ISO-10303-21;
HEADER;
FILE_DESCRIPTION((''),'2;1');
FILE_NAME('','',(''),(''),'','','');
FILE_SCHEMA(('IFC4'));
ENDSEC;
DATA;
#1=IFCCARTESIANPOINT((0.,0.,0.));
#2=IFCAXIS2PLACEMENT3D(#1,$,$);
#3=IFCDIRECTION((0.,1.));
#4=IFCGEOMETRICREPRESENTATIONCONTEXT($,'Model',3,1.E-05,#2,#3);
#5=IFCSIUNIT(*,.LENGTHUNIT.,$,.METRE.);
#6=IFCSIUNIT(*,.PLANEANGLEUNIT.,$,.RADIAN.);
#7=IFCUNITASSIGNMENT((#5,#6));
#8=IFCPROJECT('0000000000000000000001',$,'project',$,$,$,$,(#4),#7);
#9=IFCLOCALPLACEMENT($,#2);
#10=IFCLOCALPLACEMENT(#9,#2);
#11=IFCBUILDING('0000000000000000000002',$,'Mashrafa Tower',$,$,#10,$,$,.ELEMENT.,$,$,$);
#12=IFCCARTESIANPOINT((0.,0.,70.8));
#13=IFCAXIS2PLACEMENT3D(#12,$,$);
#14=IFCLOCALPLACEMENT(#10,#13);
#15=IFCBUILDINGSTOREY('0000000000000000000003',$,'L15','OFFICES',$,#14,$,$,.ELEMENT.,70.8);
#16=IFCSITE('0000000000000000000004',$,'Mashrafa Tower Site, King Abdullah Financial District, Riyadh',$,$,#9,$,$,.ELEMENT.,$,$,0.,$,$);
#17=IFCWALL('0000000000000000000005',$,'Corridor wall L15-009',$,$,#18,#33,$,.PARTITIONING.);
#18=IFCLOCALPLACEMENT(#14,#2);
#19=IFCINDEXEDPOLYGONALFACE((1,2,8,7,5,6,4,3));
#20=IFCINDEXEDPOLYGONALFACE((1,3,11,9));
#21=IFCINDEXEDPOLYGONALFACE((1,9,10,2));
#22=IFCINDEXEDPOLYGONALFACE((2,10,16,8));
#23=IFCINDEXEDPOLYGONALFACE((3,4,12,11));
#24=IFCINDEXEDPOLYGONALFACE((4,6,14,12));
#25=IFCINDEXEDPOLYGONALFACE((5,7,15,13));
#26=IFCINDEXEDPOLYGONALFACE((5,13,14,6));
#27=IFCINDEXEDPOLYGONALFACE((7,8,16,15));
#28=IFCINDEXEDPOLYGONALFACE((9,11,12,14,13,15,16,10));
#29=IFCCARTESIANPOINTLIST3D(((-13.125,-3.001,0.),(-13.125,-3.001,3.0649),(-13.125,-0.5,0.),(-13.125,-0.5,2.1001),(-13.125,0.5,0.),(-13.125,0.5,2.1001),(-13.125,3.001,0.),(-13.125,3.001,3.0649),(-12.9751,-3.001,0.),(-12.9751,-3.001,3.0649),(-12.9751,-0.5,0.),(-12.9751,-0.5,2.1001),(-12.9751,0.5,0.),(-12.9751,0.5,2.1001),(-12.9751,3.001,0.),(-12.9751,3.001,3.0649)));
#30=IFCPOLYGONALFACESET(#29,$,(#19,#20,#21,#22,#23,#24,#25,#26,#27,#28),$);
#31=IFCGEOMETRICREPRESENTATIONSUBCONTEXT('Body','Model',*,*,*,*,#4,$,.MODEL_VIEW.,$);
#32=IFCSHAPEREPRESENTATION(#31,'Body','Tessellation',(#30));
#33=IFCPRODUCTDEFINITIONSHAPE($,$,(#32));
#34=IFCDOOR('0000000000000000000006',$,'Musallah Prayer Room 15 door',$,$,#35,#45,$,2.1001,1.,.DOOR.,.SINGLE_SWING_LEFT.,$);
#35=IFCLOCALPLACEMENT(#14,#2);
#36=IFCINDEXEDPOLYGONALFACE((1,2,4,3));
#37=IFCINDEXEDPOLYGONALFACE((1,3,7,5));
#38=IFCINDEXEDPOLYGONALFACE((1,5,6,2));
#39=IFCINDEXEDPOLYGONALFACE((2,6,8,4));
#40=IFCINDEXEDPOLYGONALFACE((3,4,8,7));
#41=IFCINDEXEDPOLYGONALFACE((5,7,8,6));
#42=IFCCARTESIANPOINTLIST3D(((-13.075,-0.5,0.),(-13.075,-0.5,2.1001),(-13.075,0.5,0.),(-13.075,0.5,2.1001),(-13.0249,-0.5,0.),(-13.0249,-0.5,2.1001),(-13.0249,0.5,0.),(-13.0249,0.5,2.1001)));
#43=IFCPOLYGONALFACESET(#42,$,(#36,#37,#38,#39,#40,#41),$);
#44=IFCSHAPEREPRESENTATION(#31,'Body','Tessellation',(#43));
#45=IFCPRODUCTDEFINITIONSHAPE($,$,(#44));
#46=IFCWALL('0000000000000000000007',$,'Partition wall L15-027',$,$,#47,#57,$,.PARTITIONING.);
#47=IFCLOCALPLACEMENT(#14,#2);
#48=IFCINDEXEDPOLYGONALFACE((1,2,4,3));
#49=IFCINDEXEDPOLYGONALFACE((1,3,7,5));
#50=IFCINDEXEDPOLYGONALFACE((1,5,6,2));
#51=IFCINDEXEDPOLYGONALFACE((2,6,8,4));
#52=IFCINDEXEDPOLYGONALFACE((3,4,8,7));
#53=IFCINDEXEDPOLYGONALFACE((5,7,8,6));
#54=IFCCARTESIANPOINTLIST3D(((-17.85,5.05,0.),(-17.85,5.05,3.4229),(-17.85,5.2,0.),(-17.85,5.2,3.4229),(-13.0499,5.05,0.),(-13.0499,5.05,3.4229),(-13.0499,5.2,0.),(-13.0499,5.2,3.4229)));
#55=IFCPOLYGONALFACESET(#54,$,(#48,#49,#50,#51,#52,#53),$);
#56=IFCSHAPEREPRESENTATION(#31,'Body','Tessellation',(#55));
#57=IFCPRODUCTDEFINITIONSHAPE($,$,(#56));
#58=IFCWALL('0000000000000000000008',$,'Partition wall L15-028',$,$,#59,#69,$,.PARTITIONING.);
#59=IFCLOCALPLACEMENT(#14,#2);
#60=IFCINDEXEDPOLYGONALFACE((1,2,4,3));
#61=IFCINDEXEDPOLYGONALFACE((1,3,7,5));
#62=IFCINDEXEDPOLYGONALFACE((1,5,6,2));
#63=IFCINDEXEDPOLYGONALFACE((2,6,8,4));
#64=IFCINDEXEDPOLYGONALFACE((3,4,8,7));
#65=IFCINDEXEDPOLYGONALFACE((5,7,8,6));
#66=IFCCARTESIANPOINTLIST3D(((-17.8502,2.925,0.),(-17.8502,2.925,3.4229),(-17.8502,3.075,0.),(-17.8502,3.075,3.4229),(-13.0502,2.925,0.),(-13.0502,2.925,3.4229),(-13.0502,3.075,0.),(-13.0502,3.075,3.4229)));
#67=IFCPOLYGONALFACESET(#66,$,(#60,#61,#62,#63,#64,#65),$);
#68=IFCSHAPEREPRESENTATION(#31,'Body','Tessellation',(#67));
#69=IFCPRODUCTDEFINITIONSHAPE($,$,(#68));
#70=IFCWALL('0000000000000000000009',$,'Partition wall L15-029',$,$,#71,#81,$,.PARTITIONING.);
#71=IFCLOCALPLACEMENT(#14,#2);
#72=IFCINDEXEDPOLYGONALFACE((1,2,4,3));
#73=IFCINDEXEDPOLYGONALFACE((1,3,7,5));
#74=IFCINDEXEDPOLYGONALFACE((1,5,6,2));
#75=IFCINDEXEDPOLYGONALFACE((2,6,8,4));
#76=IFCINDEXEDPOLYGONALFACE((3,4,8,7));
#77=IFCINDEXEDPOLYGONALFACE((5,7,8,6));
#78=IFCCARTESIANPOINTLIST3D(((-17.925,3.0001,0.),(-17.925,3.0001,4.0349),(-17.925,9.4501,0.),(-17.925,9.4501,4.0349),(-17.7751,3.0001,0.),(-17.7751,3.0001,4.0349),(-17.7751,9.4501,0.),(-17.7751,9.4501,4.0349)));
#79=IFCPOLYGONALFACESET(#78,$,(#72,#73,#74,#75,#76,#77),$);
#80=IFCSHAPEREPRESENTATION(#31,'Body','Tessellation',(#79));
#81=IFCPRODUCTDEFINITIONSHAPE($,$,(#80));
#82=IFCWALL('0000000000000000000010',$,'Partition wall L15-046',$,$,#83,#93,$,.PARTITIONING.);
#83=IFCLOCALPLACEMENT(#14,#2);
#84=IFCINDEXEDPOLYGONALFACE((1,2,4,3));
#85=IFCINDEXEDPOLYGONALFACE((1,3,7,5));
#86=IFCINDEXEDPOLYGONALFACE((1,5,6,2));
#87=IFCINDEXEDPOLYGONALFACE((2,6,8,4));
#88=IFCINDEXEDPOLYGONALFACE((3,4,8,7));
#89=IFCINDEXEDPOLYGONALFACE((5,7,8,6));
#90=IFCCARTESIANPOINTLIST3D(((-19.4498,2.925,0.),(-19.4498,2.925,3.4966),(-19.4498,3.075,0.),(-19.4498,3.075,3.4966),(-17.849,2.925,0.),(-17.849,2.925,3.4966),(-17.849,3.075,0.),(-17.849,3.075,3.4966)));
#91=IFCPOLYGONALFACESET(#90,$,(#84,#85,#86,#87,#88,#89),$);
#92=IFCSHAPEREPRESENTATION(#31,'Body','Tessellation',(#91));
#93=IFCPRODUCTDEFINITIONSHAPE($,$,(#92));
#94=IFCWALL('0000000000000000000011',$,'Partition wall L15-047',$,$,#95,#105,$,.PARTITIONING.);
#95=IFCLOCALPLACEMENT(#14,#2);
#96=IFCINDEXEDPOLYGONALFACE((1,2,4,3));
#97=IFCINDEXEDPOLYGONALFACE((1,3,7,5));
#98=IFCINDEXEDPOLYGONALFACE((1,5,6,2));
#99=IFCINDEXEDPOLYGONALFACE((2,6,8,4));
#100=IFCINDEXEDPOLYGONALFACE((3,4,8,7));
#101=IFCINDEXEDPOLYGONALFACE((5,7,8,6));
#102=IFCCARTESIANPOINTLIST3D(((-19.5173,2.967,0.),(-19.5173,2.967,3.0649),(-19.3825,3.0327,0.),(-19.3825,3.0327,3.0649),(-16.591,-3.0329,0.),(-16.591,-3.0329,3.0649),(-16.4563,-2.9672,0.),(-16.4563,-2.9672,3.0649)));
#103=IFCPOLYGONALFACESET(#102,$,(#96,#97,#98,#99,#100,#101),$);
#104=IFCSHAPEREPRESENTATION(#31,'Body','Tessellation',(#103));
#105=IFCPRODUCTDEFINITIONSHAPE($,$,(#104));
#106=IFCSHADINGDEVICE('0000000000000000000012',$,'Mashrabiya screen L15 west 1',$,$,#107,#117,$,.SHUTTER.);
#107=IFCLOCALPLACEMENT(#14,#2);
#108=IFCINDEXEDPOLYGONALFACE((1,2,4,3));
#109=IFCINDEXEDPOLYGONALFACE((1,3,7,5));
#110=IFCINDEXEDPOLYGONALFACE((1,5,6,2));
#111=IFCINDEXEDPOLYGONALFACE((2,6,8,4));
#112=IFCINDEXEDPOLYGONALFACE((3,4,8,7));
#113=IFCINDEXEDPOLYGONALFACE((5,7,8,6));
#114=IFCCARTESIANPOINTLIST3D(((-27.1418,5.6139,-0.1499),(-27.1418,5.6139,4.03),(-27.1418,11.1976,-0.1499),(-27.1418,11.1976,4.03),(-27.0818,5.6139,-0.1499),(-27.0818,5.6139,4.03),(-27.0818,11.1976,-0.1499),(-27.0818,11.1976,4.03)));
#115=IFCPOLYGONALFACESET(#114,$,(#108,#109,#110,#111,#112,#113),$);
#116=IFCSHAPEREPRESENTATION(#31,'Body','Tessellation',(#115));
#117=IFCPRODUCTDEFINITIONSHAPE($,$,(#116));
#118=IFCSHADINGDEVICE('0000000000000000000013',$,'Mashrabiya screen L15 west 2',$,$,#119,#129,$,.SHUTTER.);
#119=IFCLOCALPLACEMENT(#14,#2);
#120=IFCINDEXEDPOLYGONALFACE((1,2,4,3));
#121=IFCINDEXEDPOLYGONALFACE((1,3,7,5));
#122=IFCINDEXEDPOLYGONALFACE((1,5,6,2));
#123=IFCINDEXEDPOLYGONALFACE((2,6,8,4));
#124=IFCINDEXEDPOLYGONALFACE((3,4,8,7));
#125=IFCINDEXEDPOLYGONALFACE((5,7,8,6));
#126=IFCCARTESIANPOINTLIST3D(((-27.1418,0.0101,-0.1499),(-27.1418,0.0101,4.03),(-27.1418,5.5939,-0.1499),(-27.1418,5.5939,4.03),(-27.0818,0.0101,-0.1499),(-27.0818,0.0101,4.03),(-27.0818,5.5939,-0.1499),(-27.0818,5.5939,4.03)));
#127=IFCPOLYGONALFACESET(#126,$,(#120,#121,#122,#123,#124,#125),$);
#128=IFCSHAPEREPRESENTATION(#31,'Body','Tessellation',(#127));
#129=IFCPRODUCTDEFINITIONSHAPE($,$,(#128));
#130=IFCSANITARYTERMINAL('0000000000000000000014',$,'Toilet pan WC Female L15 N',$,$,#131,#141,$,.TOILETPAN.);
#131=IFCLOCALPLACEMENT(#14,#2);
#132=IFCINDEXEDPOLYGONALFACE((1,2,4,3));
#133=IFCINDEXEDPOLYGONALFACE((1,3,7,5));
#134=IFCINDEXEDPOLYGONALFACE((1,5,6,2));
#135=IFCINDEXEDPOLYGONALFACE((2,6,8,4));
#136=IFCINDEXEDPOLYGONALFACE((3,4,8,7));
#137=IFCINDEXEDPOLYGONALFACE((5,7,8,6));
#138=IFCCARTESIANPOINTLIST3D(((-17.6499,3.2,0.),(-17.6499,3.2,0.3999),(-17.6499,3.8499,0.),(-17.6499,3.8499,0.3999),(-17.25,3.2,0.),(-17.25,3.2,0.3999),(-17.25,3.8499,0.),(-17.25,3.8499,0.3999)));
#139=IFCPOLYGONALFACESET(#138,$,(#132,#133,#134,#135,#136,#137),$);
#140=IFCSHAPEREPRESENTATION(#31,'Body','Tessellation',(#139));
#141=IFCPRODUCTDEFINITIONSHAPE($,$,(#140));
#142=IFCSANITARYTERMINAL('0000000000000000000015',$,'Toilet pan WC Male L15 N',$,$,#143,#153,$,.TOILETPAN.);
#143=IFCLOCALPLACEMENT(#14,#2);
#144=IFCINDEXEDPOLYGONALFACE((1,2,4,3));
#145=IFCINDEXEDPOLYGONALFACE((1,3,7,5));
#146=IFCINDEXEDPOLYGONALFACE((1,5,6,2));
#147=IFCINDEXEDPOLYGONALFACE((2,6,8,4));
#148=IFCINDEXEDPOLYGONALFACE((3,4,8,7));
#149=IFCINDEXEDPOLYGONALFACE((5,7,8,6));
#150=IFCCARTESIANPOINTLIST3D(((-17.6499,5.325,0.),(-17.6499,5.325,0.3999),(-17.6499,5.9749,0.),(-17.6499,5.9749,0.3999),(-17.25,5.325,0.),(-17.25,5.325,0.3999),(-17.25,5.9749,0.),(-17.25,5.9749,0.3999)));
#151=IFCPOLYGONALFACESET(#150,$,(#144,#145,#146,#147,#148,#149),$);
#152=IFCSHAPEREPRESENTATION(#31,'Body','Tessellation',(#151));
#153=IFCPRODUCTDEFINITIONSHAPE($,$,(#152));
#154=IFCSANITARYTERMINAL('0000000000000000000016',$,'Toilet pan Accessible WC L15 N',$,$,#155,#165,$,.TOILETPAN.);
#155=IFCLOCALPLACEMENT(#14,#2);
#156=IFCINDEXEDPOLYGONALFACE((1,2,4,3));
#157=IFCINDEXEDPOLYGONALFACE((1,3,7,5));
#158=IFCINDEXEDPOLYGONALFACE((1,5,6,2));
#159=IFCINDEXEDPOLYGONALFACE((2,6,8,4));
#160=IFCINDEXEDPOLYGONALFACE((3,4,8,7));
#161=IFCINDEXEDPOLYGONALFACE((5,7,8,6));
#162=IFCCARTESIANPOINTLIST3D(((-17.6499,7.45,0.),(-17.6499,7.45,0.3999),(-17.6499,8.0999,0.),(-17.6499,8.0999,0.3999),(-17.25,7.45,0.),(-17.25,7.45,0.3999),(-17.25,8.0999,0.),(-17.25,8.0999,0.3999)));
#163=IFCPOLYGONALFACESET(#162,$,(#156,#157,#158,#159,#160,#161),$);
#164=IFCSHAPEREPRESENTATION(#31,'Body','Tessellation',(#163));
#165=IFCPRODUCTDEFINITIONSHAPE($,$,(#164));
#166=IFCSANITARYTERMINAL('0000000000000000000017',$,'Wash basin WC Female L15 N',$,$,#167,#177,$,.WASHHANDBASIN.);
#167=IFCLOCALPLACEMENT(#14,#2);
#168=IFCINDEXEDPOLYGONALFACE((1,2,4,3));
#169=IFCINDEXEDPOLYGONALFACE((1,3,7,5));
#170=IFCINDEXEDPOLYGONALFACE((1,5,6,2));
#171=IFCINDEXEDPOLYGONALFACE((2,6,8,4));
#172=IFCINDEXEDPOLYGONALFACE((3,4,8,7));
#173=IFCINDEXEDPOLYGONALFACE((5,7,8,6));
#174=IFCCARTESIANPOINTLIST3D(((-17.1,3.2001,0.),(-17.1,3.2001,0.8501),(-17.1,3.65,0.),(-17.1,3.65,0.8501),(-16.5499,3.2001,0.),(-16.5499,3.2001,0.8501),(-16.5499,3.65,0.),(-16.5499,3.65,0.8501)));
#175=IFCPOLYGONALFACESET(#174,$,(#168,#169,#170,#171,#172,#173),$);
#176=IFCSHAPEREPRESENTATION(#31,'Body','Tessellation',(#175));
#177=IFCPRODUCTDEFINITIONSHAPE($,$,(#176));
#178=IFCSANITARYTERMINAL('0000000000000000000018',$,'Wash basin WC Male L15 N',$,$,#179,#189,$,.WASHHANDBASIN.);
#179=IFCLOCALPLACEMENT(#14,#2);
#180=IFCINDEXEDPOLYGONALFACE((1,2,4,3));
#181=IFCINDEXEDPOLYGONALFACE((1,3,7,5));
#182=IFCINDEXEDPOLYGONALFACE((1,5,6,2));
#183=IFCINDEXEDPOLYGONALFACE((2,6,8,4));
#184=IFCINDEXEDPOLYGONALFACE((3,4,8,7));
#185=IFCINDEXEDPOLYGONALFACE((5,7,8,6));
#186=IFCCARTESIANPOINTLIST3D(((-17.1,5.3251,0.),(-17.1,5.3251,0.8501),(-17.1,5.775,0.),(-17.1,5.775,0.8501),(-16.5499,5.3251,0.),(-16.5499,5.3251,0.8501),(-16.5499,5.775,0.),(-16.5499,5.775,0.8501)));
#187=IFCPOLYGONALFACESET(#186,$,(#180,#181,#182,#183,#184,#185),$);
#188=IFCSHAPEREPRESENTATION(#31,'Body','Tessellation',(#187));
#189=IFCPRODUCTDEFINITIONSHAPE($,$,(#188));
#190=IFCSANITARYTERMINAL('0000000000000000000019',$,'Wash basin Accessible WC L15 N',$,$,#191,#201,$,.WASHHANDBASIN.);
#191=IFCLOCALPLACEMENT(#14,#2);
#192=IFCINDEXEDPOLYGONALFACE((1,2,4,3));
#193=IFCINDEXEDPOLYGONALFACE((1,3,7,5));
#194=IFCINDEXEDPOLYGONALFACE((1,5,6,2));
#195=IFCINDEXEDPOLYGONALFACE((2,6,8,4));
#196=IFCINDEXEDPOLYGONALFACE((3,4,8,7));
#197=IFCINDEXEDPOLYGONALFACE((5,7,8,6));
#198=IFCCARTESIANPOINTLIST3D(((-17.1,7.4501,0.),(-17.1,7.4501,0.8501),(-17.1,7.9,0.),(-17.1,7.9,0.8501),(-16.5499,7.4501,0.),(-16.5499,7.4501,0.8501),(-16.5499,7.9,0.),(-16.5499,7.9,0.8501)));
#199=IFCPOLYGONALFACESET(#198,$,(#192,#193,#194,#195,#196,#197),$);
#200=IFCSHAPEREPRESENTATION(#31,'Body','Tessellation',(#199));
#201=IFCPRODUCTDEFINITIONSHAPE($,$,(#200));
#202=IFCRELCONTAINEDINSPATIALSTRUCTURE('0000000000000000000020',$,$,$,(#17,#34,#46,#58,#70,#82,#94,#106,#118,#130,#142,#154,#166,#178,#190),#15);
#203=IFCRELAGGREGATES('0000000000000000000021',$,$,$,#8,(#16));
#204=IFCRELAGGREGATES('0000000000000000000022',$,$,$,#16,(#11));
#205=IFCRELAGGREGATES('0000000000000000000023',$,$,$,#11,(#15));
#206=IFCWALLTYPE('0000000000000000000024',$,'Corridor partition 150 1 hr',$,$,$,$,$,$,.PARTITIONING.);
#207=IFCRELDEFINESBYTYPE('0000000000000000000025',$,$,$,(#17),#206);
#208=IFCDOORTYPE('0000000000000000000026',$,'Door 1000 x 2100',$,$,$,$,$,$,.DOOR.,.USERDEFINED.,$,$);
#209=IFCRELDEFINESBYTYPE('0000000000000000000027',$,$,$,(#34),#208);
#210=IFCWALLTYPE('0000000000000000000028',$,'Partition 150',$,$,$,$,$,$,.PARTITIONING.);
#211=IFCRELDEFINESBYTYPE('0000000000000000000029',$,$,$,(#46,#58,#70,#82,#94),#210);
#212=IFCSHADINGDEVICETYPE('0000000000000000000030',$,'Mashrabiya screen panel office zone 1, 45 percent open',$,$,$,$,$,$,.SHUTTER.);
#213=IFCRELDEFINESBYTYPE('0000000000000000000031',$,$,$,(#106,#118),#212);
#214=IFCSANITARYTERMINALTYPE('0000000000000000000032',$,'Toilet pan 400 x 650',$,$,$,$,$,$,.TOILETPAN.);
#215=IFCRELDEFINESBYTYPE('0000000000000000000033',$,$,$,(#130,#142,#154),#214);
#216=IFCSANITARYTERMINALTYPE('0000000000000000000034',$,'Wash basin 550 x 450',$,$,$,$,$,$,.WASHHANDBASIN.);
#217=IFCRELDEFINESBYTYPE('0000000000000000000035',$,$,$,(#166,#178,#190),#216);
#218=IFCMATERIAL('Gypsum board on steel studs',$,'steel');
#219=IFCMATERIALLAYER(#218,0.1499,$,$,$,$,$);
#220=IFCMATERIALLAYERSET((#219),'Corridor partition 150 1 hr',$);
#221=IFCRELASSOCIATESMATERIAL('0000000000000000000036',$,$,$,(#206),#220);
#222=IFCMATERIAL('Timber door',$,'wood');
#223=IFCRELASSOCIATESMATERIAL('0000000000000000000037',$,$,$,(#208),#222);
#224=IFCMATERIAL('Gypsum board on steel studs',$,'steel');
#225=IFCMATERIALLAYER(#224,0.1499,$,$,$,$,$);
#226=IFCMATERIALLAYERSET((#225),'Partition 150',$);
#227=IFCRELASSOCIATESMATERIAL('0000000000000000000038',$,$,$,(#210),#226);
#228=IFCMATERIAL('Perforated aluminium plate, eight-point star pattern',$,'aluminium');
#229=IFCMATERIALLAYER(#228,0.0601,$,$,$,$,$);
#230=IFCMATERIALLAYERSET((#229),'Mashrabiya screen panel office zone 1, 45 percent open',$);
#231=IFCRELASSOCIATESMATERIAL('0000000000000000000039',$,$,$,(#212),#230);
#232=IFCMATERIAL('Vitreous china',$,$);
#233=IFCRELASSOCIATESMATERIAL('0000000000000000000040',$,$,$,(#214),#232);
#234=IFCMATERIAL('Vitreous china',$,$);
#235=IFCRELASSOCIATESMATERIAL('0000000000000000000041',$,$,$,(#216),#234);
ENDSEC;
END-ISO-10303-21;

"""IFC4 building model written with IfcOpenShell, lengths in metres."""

from ifc_helpers import new_model, si_unit, direction, frame, frame_2d, origin, origin_2d, place, context, subcontext, project, spatial, rectangle, extrude, source, transform, mapped, material, layer, layer_set, type_object, type_shapes, element, fill, save


model = new_model("IFC4")

# Units and contexts
model_context = context("Model", 3, precision=1e-05, world=origin(), true_north=direction((0.0, 1.0)))
body_context = subcontext(model_context, "Body", "Model", "MODEL_VIEW")
ifc_project = project(units=[si_unit("LENGTHUNIT", "METRE"), si_unit("PLANEANGLEUNIT", "RADIAN")], contexts=[model_context])

# Site, building, storey
site_placement = place(None, origin())
site = spatial("IfcSite", under=ifc_project, at=site_placement, Name="Mashrafa Tower Site, King Abdullah Financial District, Riyadh", CompositionType="ELEMENT", RefElevation=0.0)
building_placement = place(site_placement, origin())
building = spatial("IfcBuilding", under=site, at=building_placement, Name="Mashrafa Tower", CompositionType="ELEMENT")
storey_placement = place(building_placement, frame((0.0, 0.0, 70.8)))
storey = spatial("IfcBuildingStorey", under=building, at=storey_placement, Name="L15", Description="OFFICES", CompositionType="ELEMENT", Elevation=70.8)

# Wall, opening, door
ifc_material_1 = material(Name="Gypsum board on steel studs", Category="steel")
ifc_layer_1 = layer(ifc_material_1, 0.1499)
ifc_layer_set_1 = layer_set([ifc_layer_1], Name="Corridor partition 150 1 hr")
wall_type_1 = type_object("IfcWallType", Name="Corridor partition 150 1 hr", PredefinedType="PARTITIONING", material=ifc_layer_set_1)
wall_1_placement = place(storey_placement, frame((-13.05, 3.001, 0.0), z_axis=(0.0, 0.0, 1.0), x_axis=(0.0, -1.0, 0.0)))
wall_1 = element("IfcWall", 1, at=wall_1_placement, inside=storey, type_object=wall_type_1, Name="Corridor wall L15-009", PredefinedType="PARTITIONING", context=body_context, shape_type="SweptSolid", body=[
    extrude(rectangle(XDim=6.002, YDim=0.1499, at=frame_2d((3.001, 0.0))), origin(), (0.0, 0.0, 1.0), 3.0649),
])
opening_1_placement = place(wall_1_placement, frame((2.501, 0.0, 0.0)))
opening_1 = element("IfcOpeningElement", 2, at=opening_1_placement, cuts=wall_1, PredefinedType="OPENING", context=body_context, shape_type="SweptSolid", body=[
    extrude(rectangle(XDim=1.0, YDim=2.1001, at=frame_2d((0.5, 1.05))), frame((0.0, 0.085, 0.0), z_axis=(0.0, -1.0, 0.0), x_axis=(1.0, 0.0, 0.0)), (0.0, 0.0, 1.0), 0.1699),
])
ifc_material_2 = material(Name="Timber door", Category="wood")
door_type_1 = type_object("IfcDoorType", Name="Door 1000 x 2100", OperationType="USERDEFINED", PredefinedType="DOOR", material=ifc_material_2)
door_1_placement = place(opening_1_placement, frame((1.0, 0.0, 0.0), z_axis=(0.0, 0.0, 1.0), x_axis=(-1.0, 0.0, 0.0)))
door_1 = element("IfcDoor", 3, at=door_1_placement, inside=storey, type_object=door_type_1, Name="Musallah Prayer Room 15 door", OperationType="SINGLE_SWING_LEFT", OverallHeight=2.1001, OverallWidth=1.0, PredefinedType="DOOR", context=body_context, shape_type="SweptSolid", body=[
    extrude(rectangle(XDim=1.0, YDim=2.1001, at=frame_2d((0.5, 1.05))), frame((0.0, 0.0249, 0.0), z_axis=(0.0, -1.0, 0.0), x_axis=(1.0, 0.0, 0.0)), (0.0, 0.0, 1.0), 0.05),
])
fill(opening_1, door_1)

# Walls
ifc_material_3 = material(Name="Gypsum board on steel studs", Category="steel")
ifc_layer_2 = layer(ifc_material_3, 0.1499)
ifc_layer_set_2 = layer_set([ifc_layer_2], Name="Partition 150")
wall_type_2 = type_object("IfcWallType", Name="Partition 150", PredefinedType="PARTITIONING", material=ifc_layer_set_2)
for number, where, z_axis, x_axis, name in (
    (4, (-13.05, 5.125, 0.0), (0.0, 0.0, 1.0), (-1.0, 0.0, 0.0), "Partition wall L15-027"),
    (5, (-17.8501, 3.0, 0.0), (0.0, 0.0, 1.0), (1.0, 0.0, 0.0), "Partition wall L15-028"),
):
    element("IfcWall", number, at=place(storey_placement, frame(where, z_axis=z_axis, x_axis=x_axis)), inside=storey, type_object=wall_type_2, Name=name, PredefinedType="PARTITIONING", context=body_context, shape_type="SweptSolid", body=[
        extrude(rectangle(XDim=4.8, YDim=0.1499, at=frame_2d((2.3999, 0.0))), origin(), (0.0, 0.0, 1.0), 3.4229),
    ])
wall_2_placement = place(storey_placement, frame((-17.8501, 3.0, 0.0), z_axis=(0.0, 0.0, 1.0), x_axis=(0.0, 1.0, 0.0)))
element("IfcWall", 6, at=wall_2_placement, inside=storey, type_object=wall_type_2, Name="Partition wall L15-029", PredefinedType="PARTITIONING", context=body_context, shape_type="SweptSolid", body=[
    extrude(rectangle(XDim=6.45, YDim=0.1499, at=frame_2d((3.2251, 0.0))), origin(), (0.0, 0.0, 1.0), 4.0349),
])
wall_3_placement = place(storey_placement, frame((-17.8491, 3.0, 0.0), z_axis=(0.0, 0.0, 1.0), x_axis=(-1.0, 0.0, 0.0)))
element("IfcWall", 7, at=wall_3_placement, inside=storey, type_object=wall_type_2, Name="Partition wall L15-046", PredefinedType="PARTITIONING", context=body_context, shape_type="SweptSolid", body=[
    extrude(rectangle(XDim=1.6008, YDim=0.1499, at=frame_2d((0.8003, 0.0))), origin(), (0.0, 0.0, 1.0), 3.4966),
])
wall_4_placement = place(storey_placement, frame((-19.45, 3.0, 0.0), z_axis=(0.0, 0.0, 1.0), x_axis=(0.438356, -0.898801, 0.0)))
element("IfcWall", 8, at=wall_4_placement, inside=storey, type_object=wall_type_2, Name="Partition wall L15-047", PredefinedType="PARTITIONING", context=body_context, shape_type="SweptSolid", body=[
    extrude(rectangle(XDim=6.6755, YDim=0.1499, at=frame_2d((3.3379, 0.0))), origin(), (0.0, 0.0, 1.0), 3.0649),
])

# Shading devices
ifc_material_4 = material(Name="Perforated aluminium plate, eight-point star pattern", Category="aluminium")
ifc_layer_3 = layer(ifc_material_4, 0.0601)
ifc_layer_set_3 = layer_set([ifc_layer_3], Name="Mashrabiya screen panel office zone 1, 45 percent open")
shading_device_type = type_object("IfcShadingDeviceType", Name="Mashrabiya screen panel office zone 1, 45 percent open", PredefinedType="SHUTTER", material=ifc_layer_set_3)
shared_shape_1 = source(origin(), body_context, "Body", "SweptSolid", [
    extrude(rectangle(XDim=5.5837, YDim=0.0601, at=origin_2d()), origin(), (0.0, 0.0, 1.0), 4.1799),
])
type_shapes(shading_device_type, [shared_shape_1])
for number, where, z_axis, x_axis, name in (
    (9, (-27.1118, 8.4058, -0.1499), (0.0, 0.0, 1.0), (0.0, -1.0, 0.0), "Mashrabiya screen L15 west 1"),
    (10, (-27.1118, 2.802, -0.1499), (0.0, 0.0, 1.0), (0.0, -1.0, 0.0), "Mashrabiya screen L15 west 2"),
):
    element("IfcShadingDevice", number, at=place(storey_placement, frame(where, z_axis=z_axis, x_axis=x_axis)), inside=storey, type_object=shading_device_type, Name=name, PredefinedType="SHUTTER", context=body_context, shape_type="MappedRepresentation", body=[
        mapped(shared_shape_1, transform((0.0, 0.0, 0.0))),
    ])

# Sanitary terminals
ifc_material_5 = material(Name="Vitreous china")
sanitary_terminal_type_1 = type_object("IfcSanitaryTerminalType", Name="Toilet pan 400 x 650", PredefinedType="TOILETPAN", material=ifc_material_5)
for number, where, z_axis, x_axis, name in (
    (11, (-17.45, 3.5249, 0.0), (0.0, 0.0, 1.0), (1.0, 0.0, 0.0), "Toilet pan WC Female L15 N"),
    (12, (-17.45, 5.6499, 0.0), (0.0, 0.0, 1.0), (1.0, 0.0, 0.0), "Toilet pan WC Male L15 N"),
    (13, (-17.45, 7.7749, 0.0), (0.0, 0.0, 1.0), (1.0, 0.0, 0.0), "Toilet pan Accessible WC L15 N"),
):
    element("IfcSanitaryTerminal", number, at=place(storey_placement, frame(where, z_axis=z_axis, x_axis=x_axis)), inside=storey, type_object=sanitary_terminal_type_1, Name=name, PredefinedType="TOILETPAN", context=body_context, shape_type="SweptSolid", body=[
        extrude(rectangle(XDim=0.3999, YDim=0.6499, at=origin_2d()), origin(), (0.0, 0.0, 1.0), 0.3999),
    ])
ifc_material_6 = material(Name="Vitreous china")
sanitary_terminal_type_2 = type_object("IfcSanitaryTerminalType", Name="Wash basin 550 x 450", PredefinedType="WASHHANDBASIN", material=ifc_material_6)
for number, where, z_axis, x_axis, name in (
    (14, (-16.825, 3.425, 0.0), (0.0, 0.0, 1.0), (1.0, 0.0, 0.0), "Wash basin WC Female L15 N"),
    (15, (-16.825, 5.55, 0.0), (0.0, 0.0, 1.0), (1.0, 0.0, 0.0), "Wash basin WC Male L15 N"),
    (16, (-16.825, 7.675, 0.0), (0.0, 0.0, 1.0), (1.0, 0.0, 0.0), "Wash basin Accessible WC L15 N"),
):
    element("IfcSanitaryTerminal", number, at=place(storey_placement, frame(where, z_axis=z_axis, x_axis=x_axis)), inside=storey, type_object=sanitary_terminal_type_2, Name=name, PredefinedType="WASHHANDBASIN", context=body_context, shape_type="SweptSolid", body=[
        extrude(rectangle(XDim=0.55, YDim=0.45, at=origin_2d()), origin(), (0.0, 0.0, 1.0), 0.8501),
    ])

save(model, "model.ifc")
